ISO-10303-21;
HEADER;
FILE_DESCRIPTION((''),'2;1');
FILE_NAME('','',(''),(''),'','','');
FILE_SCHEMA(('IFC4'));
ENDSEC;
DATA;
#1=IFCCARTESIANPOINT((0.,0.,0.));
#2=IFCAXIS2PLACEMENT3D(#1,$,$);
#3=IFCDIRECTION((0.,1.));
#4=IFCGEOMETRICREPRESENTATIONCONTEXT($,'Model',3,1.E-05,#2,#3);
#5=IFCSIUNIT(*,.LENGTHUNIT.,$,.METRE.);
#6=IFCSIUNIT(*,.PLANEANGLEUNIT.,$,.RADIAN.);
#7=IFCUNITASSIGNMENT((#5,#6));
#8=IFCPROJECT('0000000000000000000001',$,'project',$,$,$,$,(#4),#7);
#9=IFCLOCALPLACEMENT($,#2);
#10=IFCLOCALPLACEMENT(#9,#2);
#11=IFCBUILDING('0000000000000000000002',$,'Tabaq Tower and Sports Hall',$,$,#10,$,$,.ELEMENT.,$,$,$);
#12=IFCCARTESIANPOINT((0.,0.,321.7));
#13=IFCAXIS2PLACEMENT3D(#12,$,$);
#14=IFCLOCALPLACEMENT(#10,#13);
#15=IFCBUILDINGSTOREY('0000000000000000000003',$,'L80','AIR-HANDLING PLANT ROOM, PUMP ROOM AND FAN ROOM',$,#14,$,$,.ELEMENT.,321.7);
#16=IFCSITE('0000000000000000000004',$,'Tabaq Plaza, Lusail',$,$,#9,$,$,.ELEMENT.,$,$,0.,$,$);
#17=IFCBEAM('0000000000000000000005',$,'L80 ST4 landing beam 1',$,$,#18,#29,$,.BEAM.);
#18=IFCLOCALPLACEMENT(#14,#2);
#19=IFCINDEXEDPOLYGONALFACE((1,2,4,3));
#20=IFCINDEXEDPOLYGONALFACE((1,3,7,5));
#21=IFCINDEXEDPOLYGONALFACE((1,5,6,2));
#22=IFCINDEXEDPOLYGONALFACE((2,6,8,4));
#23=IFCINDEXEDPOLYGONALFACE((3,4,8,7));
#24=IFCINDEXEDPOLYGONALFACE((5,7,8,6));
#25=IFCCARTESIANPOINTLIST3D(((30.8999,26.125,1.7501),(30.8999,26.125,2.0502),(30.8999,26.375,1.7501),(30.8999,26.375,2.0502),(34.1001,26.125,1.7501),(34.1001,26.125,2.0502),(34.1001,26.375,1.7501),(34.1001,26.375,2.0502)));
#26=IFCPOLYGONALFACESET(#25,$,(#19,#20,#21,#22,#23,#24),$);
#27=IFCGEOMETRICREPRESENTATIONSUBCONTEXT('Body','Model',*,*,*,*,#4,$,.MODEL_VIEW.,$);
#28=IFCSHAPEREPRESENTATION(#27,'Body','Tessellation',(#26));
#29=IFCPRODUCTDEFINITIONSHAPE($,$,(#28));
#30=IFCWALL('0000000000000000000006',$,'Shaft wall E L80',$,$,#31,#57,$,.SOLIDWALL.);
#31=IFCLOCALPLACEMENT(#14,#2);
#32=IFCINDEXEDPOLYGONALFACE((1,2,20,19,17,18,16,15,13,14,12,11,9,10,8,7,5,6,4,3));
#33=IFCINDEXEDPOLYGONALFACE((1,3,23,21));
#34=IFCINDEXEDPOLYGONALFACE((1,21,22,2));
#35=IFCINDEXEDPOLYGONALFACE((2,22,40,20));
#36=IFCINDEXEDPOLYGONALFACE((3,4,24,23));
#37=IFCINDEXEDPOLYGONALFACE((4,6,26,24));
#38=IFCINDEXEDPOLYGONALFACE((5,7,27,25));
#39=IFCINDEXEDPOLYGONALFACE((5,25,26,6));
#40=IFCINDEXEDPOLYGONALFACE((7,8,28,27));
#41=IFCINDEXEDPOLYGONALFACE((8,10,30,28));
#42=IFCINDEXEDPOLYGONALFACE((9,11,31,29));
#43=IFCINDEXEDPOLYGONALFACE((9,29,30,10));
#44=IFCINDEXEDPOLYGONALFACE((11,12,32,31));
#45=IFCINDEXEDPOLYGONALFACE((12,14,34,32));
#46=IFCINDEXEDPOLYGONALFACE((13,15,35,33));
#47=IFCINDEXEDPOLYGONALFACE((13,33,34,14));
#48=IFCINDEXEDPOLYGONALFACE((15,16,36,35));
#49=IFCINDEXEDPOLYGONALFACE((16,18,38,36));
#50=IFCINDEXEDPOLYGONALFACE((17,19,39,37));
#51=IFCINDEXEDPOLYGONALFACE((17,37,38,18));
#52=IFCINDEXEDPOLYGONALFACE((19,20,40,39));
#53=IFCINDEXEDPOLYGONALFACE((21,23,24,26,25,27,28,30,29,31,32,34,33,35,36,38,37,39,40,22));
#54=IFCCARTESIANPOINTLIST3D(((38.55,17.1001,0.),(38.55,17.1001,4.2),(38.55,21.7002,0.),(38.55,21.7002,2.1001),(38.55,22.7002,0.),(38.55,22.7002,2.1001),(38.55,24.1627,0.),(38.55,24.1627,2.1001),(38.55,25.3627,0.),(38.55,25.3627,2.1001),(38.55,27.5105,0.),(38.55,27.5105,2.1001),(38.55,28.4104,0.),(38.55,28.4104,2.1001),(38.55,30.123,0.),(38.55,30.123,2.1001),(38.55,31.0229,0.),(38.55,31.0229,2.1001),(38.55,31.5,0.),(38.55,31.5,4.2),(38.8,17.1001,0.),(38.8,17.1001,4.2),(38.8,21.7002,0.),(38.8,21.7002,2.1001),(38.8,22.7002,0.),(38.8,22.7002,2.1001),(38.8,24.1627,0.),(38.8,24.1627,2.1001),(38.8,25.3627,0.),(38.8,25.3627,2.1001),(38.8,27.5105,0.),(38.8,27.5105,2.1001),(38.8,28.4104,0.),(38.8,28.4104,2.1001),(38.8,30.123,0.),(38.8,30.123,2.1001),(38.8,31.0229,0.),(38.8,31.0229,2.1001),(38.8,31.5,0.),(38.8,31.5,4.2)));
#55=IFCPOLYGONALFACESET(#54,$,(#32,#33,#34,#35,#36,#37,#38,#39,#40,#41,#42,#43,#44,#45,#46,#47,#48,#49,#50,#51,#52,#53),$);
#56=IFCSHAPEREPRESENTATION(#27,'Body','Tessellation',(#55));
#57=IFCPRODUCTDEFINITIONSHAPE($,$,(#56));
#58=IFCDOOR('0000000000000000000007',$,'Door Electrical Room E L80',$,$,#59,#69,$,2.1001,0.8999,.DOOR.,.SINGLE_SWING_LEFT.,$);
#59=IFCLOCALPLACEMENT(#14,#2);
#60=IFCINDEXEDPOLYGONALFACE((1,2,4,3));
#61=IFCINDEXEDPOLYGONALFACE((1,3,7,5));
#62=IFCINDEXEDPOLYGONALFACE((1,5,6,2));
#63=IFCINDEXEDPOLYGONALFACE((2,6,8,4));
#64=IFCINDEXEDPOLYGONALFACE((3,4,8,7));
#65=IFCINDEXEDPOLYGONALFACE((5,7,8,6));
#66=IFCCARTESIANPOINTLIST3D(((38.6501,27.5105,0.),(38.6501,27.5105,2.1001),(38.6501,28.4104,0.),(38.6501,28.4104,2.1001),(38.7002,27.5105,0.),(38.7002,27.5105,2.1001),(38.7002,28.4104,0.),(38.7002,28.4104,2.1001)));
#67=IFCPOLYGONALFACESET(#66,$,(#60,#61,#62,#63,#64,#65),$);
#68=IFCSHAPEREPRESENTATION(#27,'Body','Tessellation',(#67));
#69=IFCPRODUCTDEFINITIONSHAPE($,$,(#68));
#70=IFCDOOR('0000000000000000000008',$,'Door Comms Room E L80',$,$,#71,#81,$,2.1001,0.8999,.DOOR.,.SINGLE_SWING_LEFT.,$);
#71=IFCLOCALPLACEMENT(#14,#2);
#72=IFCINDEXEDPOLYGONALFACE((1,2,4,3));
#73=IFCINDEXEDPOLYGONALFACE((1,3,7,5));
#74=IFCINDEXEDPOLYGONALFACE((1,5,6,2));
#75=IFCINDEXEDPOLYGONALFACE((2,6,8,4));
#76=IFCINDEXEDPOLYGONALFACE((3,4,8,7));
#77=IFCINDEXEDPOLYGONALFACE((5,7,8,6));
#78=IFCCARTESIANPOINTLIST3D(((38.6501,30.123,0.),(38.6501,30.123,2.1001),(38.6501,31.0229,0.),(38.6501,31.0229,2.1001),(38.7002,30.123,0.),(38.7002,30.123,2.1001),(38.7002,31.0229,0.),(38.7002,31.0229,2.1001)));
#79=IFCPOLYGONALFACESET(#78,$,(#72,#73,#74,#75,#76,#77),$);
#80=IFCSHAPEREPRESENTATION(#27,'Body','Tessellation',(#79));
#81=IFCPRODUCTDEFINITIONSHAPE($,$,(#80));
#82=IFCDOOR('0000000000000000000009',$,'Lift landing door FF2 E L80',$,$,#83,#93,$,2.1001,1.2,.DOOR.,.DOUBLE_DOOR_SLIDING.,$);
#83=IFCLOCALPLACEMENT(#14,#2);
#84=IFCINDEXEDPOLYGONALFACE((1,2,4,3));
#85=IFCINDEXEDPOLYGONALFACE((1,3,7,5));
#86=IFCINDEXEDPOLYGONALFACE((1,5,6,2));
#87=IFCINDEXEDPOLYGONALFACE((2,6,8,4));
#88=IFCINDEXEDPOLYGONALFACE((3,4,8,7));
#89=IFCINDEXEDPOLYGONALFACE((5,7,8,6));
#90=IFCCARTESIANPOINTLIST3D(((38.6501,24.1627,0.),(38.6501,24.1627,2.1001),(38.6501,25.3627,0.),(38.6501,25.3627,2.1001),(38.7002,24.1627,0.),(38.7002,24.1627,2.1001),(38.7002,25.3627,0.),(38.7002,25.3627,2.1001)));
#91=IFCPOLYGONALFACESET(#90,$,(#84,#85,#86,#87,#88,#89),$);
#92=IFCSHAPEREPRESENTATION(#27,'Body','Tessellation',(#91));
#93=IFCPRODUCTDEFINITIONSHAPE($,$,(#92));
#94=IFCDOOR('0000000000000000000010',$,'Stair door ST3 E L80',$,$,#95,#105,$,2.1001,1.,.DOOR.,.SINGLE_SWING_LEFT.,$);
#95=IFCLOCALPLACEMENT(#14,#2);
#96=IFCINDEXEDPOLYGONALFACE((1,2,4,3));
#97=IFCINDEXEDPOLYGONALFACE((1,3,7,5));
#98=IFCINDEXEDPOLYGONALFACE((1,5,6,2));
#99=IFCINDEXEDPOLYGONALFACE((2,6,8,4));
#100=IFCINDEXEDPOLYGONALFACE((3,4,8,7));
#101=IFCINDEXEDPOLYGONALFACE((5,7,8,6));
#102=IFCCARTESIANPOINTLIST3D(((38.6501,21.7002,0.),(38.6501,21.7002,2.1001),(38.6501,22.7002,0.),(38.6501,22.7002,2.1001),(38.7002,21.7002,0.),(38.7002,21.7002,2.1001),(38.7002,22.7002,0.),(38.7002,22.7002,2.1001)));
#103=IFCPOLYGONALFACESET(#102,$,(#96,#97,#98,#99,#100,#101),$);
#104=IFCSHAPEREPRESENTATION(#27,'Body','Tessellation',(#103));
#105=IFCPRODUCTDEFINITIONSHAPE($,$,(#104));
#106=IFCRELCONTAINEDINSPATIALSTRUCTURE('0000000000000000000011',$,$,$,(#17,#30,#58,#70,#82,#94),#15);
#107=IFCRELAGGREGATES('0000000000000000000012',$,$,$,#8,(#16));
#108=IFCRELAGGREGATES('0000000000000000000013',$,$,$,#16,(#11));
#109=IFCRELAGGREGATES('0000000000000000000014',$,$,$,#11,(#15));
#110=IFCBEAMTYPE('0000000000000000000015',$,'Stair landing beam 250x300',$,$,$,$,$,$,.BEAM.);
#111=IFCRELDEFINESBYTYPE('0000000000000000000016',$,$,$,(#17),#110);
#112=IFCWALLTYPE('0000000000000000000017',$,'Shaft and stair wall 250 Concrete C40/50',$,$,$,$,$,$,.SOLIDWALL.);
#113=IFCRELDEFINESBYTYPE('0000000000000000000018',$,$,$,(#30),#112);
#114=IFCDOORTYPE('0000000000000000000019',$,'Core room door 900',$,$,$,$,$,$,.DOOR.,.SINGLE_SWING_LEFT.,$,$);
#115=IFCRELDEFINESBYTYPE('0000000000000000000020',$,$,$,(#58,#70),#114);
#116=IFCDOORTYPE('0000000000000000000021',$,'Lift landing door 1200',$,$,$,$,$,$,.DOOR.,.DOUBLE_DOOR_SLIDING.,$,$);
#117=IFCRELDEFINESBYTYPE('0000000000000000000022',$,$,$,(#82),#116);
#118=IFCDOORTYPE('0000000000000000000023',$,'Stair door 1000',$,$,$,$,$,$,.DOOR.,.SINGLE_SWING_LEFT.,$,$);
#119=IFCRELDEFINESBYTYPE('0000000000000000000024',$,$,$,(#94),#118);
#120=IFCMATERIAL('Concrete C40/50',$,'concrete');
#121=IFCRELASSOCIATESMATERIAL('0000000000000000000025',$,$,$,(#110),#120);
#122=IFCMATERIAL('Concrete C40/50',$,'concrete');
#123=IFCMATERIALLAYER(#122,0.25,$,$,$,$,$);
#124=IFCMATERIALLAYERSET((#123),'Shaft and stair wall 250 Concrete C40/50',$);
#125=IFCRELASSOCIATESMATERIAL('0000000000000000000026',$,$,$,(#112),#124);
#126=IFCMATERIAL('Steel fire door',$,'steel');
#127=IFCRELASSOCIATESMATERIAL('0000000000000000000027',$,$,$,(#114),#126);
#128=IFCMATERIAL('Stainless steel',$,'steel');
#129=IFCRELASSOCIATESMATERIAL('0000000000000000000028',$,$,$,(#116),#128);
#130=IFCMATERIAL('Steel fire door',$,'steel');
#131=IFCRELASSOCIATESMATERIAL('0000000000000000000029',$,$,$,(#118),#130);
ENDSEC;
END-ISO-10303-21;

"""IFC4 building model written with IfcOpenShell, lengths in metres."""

from ifc_helpers import new_model, si_unit, direction, frame, frame_2d, origin, origin_2d, place, context, subcontext, project, spatial, rectangle, extrude, material, layer, layer_set, material_profile, profile_set, type_object, element, fill, save


model = new_model("IFC4")

# Units and contexts
model_context = context("Model", 3, precision=1e-05, world=origin(), true_north=direction((0.0, 1.0)))
body_context = subcontext(model_context, "Body", "Model", "MODEL_VIEW")
ifc_project = project(units=[si_unit("LENGTHUNIT", "METRE"), si_unit("PLANEANGLEUNIT", "RADIAN")], contexts=[model_context])

# Site, building, storey
site_placement = place(None, origin())
site = spatial("IfcSite", under=ifc_project, at=site_placement, Name="Tabaq Plaza, Lusail", CompositionType="ELEMENT", RefElevation=0.0)
building_placement = place(site_placement, origin())
building = spatial("IfcBuilding", under=site, at=building_placement, Name="Tabaq Tower and Sports Hall", CompositionType="ELEMENT")
storey_placement = place(building_placement, frame((0.0, 0.0, 321.7)))
storey = spatial("IfcBuildingStorey", under=building, at=storey_placement, Name="L80", Description="AIR-HANDLING PLANT ROOM, PUMP ROOM AND FAN ROOM", CompositionType="ELEMENT", Elevation=321.7)

# Beam
ifc_material_1 = material(Name="Concrete C40/50", Category="concrete")
ifc_material_profile = material_profile(ifc_material_1, rectangle(XDim=0.25, YDim=0.3, at=origin_2d()), Name="RC 250x300")
ifc_profile_set = profile_set([ifc_material_profile], Name="Concrete C40/50")
beam_type = type_object("IfcBeamType", Name="Stair landing beam 250x300", PredefinedType="BEAM", material=ifc_profile_set)
beam_placement = place(storey_placement, frame((30.8999, 26.25, 1.9001), z_axis=(1.0, 0.0, 0.0), x_axis=(0.0, 1.0, 0.0)))
element("IfcBeam", 1, at=beam_placement, inside=storey, type_object=beam_type, Name="L80 ST4 landing beam 1", PredefinedType="BEAM", context=body_context, shape_type="SweptSolid", body=[
    extrude(rectangle(XDim=0.25, YDim=0.3, at=origin_2d()), origin(), (0.0, 0.0, 1.0), 3.2002),
])

# Wall, openings, doors
ifc_material_2 = material(Name="Concrete C40/50", Category="concrete")
ifc_layer = layer(ifc_material_2, 0.25)
ifc_layer_set = layer_set([ifc_layer], Name="Shaft and stair wall 250 Concrete C40/50")
wall_type = type_object("IfcWallType", Name="Shaft and stair wall 250 Concrete C40/50", PredefinedType="SOLIDWALL", material=ifc_layer_set)
wall_1_placement = place(storey_placement, frame((38.675, 17.1001, 0.0), z_axis=(0.0, 0.0, 1.0), x_axis=(0.0, 1.0, 0.0)))
wall_1 = element("IfcWall", 2, at=wall_1_placement, inside=storey, type_object=wall_type, Name="Shaft wall E L80", PredefinedType="SOLIDWALL", context=body_context, shape_type="SweptSolid", body=[
    extrude(rectangle(XDim=14.3999, YDim=0.25, at=frame_2d((7.2, 0.0))), origin(), (0.0, 0.0, 1.0), 4.2),
])
opening_1_placement = place(wall_1_placement, frame((4.6001, 0.0, 0.0)))
opening_1 = element("IfcOpeningElement", 3, at=opening_1_placement, cuts=wall_1, PredefinedType="OPENING", context=body_context, shape_type="SweptSolid", body=[
    extrude(rectangle(XDim=1.0, YDim=2.1001, at=frame_2d((0.5, 1.05))), frame((0.0, 0.125, 0.0), z_axis=(0.0, -1.0, 0.0), x_axis=(1.0, 0.0, 0.0)), (0.0, 0.0, 1.0), 0.25),
])
opening_2_placement = place(wall_1_placement, frame((7.0625, 0.0, 0.0)))
opening_2 = element("IfcOpeningElement", 4, at=opening_2_placement, cuts=wall_1, PredefinedType="OPENING", context=body_context, shape_type="SweptSolid", body=[
    extrude(rectangle(XDim=1.2, YDim=2.1001, at=frame_2d((0.6001, 1.05))), frame((0.0, 0.125, 0.0), z_axis=(0.0, -1.0, 0.0), x_axis=(1.0, 0.0, 0.0)), (0.0, 0.0, 1.0), 0.25),
])
opening_3_placement = place(wall_1_placement, frame((10.4104, 0.0, 0.0)))
opening_3 = element("IfcOpeningElement", 5, at=opening_3_placement, cuts=wall_1, PredefinedType="OPENING", context=body_context, shape_type="SweptSolid", body=[
    extrude(rectangle(XDim=0.8999, YDim=2.1001, at=frame_2d((0.45, 1.05))), frame((0.0, 0.125, 0.0), z_axis=(0.0, -1.0, 0.0), x_axis=(1.0, 0.0, 0.0)), (0.0, 0.0, 1.0), 0.25),
])
opening_4_placement = place(wall_1_placement, frame((13.0229, 0.0, 0.0)))
opening_4 = element("IfcOpeningElement", 6, at=opening_4_placement, cuts=wall_1, PredefinedType="OPENING", context=body_context, shape_type="SweptSolid", body=[
    extrude(rectangle(XDim=0.8999, YDim=2.1001, at=frame_2d((0.45, 1.05))), frame((0.0, 0.125, 0.0), z_axis=(0.0, -1.0, 0.0), x_axis=(1.0, 0.0, 0.0)), (0.0, 0.0, 1.0), 0.25),
])
ifc_material_3 = material(Name="Steel fire door", Category="steel")
door_type_1 = type_object("IfcDoorType", Name="Core room door 900", OperationType="SINGLE_SWING_LEFT", PredefinedType="DOOR", material=ifc_material_3)
door_1_placement = place(opening_3_placement, origin())
door_1 = element("IfcDoor", 7, at=door_1_placement, inside=storey, type_object=door_type_1, Name="Door Electrical Room E L80", OperationType="SINGLE_SWING_LEFT", OverallHeight=2.1001, OverallWidth=0.8999, PredefinedType="DOOR", context=body_context, shape_type="SweptSolid", body=[
    extrude(rectangle(XDim=0.8999, YDim=2.1001, at=frame_2d((0.45, 1.05))), frame((0.0, 0.0249, 0.0), z_axis=(0.0, -1.0, 0.0), x_axis=(1.0, 0.0, 0.0)), (0.0, 0.0, 1.0), 0.05),
])
fill(opening_3, door_1)
door_2_placement = place(opening_4_placement, origin())
door_2 = element("IfcDoor", 8, at=door_2_placement, inside=storey, type_object=door_type_1, Name="Door Comms Room E L80", OperationType="SINGLE_SWING_LEFT", OverallHeight=2.1001, OverallWidth=0.8999, PredefinedType="DOOR", context=body_context, shape_type="SweptSolid", body=[
    extrude(rectangle(XDim=0.8999, YDim=2.1001, at=frame_2d((0.45, 1.05))), frame((0.0, 0.0249, 0.0), z_axis=(0.0, -1.0, 0.0), x_axis=(1.0, 0.0, 0.0)), (0.0, 0.0, 1.0), 0.05),
])
fill(opening_4, door_2)
ifc_material_4 = material(Name="Stainless steel", Category="steel")
door_type_2 = type_object("IfcDoorType", Name="Lift landing door 1200", OperationType="DOUBLE_DOOR_SLIDING", PredefinedType="DOOR", material=ifc_material_4)
door_3_placement = place(opening_2_placement, origin())
door_3 = element("IfcDoor", 9, at=door_3_placement, inside=storey, type_object=door_type_2, Name="Lift landing door FF2 E L80", OperationType="DOUBLE_DOOR_SLIDING", OverallHeight=2.1001, OverallWidth=1.2, PredefinedType="DOOR", context=body_context, shape_type="SweptSolid", body=[
    extrude(rectangle(XDim=1.2, YDim=2.1001, at=frame_2d((0.6001, 1.05))), frame((0.0, 0.0249, 0.0), z_axis=(0.0, -1.0, 0.0), x_axis=(1.0, 0.0, 0.0)), (0.0, 0.0, 1.0), 0.05),
])
fill(opening_2, door_3)
ifc_material_5 = material(Name="Steel fire door", Category="steel")
door_type_3 = type_object("IfcDoorType", Name="Stair door 1000", OperationType="SINGLE_SWING_LEFT", PredefinedType="DOOR", material=ifc_material_5)
door_4_placement = place(opening_1_placement, origin())
door_4 = element("IfcDoor", 10, at=door_4_placement, inside=storey, type_object=door_type_3, Name="Stair door ST3 E L80", OperationType="SINGLE_SWING_LEFT", OverallHeight=2.1001, OverallWidth=1.0, PredefinedType="DOOR", context=body_context, shape_type="SweptSolid", body=[
    extrude(rectangle(XDim=1.0, YDim=2.1001, at=frame_2d((0.5, 1.05))), frame((0.0, 0.0249, 0.0), z_axis=(0.0, -1.0, 0.0), x_axis=(1.0, 0.0, 0.0)), (0.0, 0.0, 1.0), 0.05),
])
fill(opening_1, door_4)

save(model, "model.ifc")
